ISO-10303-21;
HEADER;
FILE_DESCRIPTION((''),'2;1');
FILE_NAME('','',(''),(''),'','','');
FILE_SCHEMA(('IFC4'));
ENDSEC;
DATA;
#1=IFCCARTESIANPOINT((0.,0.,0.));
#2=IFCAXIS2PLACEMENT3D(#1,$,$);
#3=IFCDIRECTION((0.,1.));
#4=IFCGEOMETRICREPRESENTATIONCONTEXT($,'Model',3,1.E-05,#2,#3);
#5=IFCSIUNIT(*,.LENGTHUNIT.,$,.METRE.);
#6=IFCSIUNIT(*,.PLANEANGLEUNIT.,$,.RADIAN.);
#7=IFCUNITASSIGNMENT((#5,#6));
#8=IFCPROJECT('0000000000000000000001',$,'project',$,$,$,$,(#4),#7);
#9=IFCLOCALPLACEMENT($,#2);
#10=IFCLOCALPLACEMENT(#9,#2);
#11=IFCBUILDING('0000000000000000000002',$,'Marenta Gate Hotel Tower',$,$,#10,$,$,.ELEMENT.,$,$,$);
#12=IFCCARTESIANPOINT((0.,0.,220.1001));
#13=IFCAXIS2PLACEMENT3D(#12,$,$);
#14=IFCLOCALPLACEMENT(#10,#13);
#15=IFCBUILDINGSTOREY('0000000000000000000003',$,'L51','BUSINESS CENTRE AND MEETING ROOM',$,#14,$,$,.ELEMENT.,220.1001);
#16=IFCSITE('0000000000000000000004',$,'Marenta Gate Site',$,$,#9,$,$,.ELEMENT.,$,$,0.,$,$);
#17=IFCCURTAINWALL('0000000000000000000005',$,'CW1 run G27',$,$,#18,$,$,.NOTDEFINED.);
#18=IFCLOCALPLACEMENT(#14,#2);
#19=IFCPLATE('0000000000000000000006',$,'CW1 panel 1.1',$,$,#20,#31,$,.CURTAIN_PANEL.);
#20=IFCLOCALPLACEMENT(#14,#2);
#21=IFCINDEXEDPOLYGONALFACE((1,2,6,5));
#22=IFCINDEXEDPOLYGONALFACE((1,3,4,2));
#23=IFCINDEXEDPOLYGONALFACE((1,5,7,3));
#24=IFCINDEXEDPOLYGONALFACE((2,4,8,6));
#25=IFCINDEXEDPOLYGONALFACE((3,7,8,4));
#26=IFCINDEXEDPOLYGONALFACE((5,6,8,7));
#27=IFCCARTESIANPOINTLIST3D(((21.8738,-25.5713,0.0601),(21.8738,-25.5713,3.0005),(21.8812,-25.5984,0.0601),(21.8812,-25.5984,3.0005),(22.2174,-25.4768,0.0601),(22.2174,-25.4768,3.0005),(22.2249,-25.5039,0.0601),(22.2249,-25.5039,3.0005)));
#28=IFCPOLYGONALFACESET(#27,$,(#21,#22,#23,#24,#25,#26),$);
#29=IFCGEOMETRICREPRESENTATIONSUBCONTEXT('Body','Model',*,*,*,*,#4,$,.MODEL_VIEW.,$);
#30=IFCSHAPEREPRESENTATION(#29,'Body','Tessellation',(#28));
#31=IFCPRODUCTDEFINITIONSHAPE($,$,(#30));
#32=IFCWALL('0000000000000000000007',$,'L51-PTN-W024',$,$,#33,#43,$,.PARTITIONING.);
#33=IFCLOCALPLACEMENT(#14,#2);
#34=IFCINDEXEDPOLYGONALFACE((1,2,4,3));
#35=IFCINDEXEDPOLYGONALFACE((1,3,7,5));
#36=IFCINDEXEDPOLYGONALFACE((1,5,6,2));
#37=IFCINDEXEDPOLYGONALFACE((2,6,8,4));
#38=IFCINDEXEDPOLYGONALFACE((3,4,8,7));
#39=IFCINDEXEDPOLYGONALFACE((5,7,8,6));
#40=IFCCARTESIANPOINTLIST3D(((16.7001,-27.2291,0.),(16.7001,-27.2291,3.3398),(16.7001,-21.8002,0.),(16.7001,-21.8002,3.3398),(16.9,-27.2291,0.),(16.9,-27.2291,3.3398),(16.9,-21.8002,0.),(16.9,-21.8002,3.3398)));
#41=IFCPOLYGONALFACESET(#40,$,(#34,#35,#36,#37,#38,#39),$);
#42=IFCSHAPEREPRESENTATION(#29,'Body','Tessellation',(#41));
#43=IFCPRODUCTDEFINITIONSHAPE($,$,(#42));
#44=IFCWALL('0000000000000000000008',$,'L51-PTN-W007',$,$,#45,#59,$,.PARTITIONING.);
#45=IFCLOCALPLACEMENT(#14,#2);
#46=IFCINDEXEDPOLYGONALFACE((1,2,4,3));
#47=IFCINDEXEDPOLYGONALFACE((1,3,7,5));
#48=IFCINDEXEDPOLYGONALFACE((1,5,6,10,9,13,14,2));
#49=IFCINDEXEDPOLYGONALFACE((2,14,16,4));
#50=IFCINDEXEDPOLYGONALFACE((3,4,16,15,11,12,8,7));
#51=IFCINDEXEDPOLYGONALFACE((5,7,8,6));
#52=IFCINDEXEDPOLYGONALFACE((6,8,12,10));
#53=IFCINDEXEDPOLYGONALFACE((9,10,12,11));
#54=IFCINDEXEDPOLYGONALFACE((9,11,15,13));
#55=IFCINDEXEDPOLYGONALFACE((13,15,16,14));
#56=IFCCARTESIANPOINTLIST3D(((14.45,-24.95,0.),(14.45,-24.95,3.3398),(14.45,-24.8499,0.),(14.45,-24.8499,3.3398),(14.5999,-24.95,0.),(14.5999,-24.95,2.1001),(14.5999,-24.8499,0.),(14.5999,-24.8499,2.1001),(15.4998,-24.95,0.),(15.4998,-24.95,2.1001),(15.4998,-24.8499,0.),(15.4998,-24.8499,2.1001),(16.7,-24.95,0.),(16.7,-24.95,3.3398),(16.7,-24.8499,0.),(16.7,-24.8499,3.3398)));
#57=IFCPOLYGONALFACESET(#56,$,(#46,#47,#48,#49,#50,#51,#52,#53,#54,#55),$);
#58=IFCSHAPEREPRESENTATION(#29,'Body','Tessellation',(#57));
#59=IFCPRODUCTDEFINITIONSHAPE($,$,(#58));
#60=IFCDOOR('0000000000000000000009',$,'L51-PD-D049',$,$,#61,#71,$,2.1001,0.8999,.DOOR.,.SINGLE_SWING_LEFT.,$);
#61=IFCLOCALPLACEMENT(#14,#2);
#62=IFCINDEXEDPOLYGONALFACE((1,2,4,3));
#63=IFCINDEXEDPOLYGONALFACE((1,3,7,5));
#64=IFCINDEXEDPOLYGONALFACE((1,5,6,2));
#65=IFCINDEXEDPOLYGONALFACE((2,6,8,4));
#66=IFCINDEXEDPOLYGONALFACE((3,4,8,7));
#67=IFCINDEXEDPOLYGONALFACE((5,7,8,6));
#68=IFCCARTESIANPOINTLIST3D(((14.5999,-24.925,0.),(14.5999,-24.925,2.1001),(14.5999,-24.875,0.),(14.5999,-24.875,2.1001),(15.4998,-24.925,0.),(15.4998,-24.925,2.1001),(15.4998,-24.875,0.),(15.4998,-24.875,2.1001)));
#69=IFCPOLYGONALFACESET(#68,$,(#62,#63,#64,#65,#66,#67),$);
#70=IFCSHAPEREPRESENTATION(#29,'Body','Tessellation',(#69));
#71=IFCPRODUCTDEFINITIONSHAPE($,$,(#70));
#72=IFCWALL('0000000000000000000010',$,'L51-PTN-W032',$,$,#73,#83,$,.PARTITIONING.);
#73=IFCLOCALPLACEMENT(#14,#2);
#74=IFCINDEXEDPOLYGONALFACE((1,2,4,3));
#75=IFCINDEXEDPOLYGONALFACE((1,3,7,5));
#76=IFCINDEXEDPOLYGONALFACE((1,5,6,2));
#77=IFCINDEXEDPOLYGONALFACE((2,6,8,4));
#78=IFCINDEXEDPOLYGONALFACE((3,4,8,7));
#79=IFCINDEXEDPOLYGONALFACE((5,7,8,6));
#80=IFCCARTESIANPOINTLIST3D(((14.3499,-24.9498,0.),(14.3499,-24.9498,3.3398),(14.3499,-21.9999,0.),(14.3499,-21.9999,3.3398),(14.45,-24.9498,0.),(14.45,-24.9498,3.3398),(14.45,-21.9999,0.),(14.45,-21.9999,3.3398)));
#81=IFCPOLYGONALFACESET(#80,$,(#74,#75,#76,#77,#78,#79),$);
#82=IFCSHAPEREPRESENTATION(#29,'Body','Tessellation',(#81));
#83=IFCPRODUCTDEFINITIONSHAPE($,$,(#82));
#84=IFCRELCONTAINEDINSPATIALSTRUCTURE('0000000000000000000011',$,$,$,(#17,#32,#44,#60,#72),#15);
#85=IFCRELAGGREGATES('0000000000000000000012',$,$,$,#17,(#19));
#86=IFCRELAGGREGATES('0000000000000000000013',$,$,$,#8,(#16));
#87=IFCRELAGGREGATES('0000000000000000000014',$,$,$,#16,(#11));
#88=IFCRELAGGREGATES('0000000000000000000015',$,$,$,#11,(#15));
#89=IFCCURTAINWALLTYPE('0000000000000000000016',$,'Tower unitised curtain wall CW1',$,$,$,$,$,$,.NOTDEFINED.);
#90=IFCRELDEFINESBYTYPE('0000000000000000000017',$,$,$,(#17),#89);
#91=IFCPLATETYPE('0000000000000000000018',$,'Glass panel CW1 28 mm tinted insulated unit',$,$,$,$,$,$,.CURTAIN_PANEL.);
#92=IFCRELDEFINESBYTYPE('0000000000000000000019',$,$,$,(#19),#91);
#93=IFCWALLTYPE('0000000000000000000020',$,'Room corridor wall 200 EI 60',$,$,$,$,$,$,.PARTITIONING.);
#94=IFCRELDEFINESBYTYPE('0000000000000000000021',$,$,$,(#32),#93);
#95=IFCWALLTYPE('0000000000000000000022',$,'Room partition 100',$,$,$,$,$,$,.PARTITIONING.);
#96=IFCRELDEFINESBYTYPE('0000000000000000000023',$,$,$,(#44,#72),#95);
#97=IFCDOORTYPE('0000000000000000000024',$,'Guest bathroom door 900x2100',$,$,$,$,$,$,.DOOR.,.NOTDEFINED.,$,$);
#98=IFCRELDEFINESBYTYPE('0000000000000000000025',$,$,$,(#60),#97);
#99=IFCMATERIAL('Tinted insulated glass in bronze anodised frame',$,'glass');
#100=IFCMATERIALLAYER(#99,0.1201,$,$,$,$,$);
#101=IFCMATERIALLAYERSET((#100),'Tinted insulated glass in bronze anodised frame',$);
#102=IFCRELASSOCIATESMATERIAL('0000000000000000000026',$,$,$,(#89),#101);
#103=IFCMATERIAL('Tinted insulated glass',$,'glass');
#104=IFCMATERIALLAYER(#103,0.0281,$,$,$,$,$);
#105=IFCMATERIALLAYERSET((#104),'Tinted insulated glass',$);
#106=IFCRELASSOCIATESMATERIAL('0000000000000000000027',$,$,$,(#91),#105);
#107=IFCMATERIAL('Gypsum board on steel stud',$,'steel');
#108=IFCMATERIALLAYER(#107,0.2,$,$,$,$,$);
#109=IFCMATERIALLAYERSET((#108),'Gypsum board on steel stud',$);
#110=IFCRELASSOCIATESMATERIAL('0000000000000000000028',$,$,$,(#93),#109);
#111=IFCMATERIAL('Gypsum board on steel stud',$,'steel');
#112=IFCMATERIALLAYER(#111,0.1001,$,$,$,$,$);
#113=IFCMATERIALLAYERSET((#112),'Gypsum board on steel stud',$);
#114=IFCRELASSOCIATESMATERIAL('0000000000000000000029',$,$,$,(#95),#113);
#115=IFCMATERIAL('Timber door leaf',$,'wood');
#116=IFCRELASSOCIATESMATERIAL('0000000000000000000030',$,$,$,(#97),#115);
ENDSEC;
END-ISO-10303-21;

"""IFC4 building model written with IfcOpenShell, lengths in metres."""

from ifc_helpers import new_model, si_unit, direction, frame, frame_2d, origin, origin_2d, place, context, subcontext, project, spatial, rectangle, extrude, material, layer, layer_set, type_object, element, fill, aggregate, save


model = new_model("IFC4")

# Units and contexts
model_context = context("Model", 3, precision=1e-05, world=origin(), true_north=direction((0.0, 1.0)))
body_context = subcontext(model_context, "Body", "Model", "MODEL_VIEW")
ifc_project = project(units=[si_unit("LENGTHUNIT", "METRE"), si_unit("PLANEANGLEUNIT", "RADIAN")], contexts=[model_context])

# Site, building, storey
site_placement = place(None, origin())
site = spatial("IfcSite", under=ifc_project, at=site_placement, Name="Marenta Gate Site", CompositionType="ELEMENT", RefElevation=0.0)
building_placement = place(site_placement, origin())
building = spatial("IfcBuilding", under=site, at=building_placement, Name="Marenta Gate Hotel Tower", CompositionType="ELEMENT")
storey_placement = place(building_placement, frame((0.0, 0.0, 220.1001)))
storey = spatial("IfcBuildingStorey", under=building, at=storey_placement, Name="L51", Description="BUSINESS CENTRE AND MEETING ROOM", CompositionType="ELEMENT", Elevation=220.1001)

# Curtain wall
ifc_material_1 = material(Name="Tinted insulated glass in bronze anodised frame", Category="glass")
ifc_layer_1 = layer(ifc_material_1, 0.1201)
ifc_layer_set_1 = layer_set([ifc_layer_1], Name="Tinted insulated glass in bronze anodised frame")
curtain_wall_type = type_object("IfcCurtainWallType", Name="Tower unitised curtain wall CW1", PredefinedType="NOTDEFINED", material=ifc_layer_set_1)
curtain_wall_1_placement = place(storey_placement, origin())
curtain_wall_1 = element("IfcCurtainWall", 1, at=curtain_wall_1_placement, inside=storey, type_object=curtain_wall_type, Name="CW1 run G27", PredefinedType="NOTDEFINED")

# Plate
ifc_material_2 = material(Name="Tinted insulated glass", Category="glass")
ifc_layer_2 = layer(ifc_material_2, 0.0281)
ifc_layer_set_2 = layer_set([ifc_layer_2], Name="Tinted insulated glass")
plate_type = type_object("IfcPlateType", Name="Glass panel CW1 28 mm tinted insulated unit", PredefinedType="CURTAIN_PANEL", material=ifc_layer_set_2)
plate_1_placement = place(storey_placement, frame((22.0493, -25.5376, 0.0601), z_axis=(0.0, 0.0, 1.0), x_axis=(0.964171, 0.265283, 0.0)))
plate_1 = element("IfcPlate", 2, at=plate_1_placement, type_object=plate_type, Name="CW1 panel 1.1", PredefinedType="CURTAIN_PANEL", context=body_context, shape_type="SweptSolid", body=[
    extrude(rectangle(XDim=0.3564, YDim=0.0281, at=origin_2d()), origin(), (0.0, 0.0, 1.0), 2.9404),
])
aggregate(curtain_wall_1, [plate_1])

# Shared definitions
ifc_material_3 = material(Name="Gypsum board on steel stud", Category="steel")
ifc_layer_3 = layer(ifc_material_3, 0.2)
ifc_layer_set_3 = layer_set([ifc_layer_3], Name="Gypsum board on steel stud")
wall_type_1 = type_object("IfcWallType", Name="Room corridor wall 200 EI 60", PredefinedType="PARTITIONING", material=ifc_layer_set_3)

# Wall
wall_1_placement = place(storey_placement, frame((16.8, -27.229, 0.0), z_axis=(0.0, 0.0, 1.0), x_axis=(0.0, 1.0, 0.0)))
element("IfcWall", 3, at=wall_1_placement, inside=storey, type_object=wall_type_1, Name="L51-PTN-W024", PredefinedType="PARTITIONING", context=body_context, shape_type="SweptSolid", body=[
    extrude(rectangle(XDim=5.429, YDim=0.2, at=frame_2d((2.7144, 0.0))), origin(), (0.0, 0.0, 1.0), 3.3398),
])

# Wall, opening, door
ifc_material_4 = material(Name="Gypsum board on steel stud", Category="steel")
ifc_layer_4 = layer(ifc_material_4, 0.1001)
ifc_layer_set_4 = layer_set([ifc_layer_4], Name="Gypsum board on steel stud")
wall_type_2 = type_object("IfcWallType", Name="Room partition 100", PredefinedType="PARTITIONING", material=ifc_layer_set_4)
wall_2_placement = place(storey_placement, frame((14.45, -24.8999, 0.0), z_axis=(0.0, 0.0, 1.0), x_axis=(1.0, 0.0, 0.0)))
wall_2 = element("IfcWall", 4, at=wall_2_placement, inside=storey, type_object=wall_type_2, Name="L51-PTN-W007", PredefinedType="PARTITIONING", context=body_context, shape_type="SweptSolid", body=[
    extrude(rectangle(XDim=2.25, YDim=0.1001, at=frame_2d((1.125, 0.0))), origin(), (0.0, 0.0, 1.0), 3.3398),
])
opening_1_placement = place(wall_2_placement, frame((0.1499, 0.0, 0.0)))
opening_1 = element("IfcOpeningElement", 5, at=opening_1_placement, cuts=wall_2, PredefinedType="OPENING", context=body_context, shape_type="SweptSolid", body=[
    extrude(rectangle(XDim=0.8999, YDim=2.1001, at=frame_2d((0.45, 1.05))), frame((0.0, 0.05, 0.0), z_axis=(0.0, -1.0, 0.0), x_axis=(1.0, 0.0, 0.0)), (0.0, 0.0, 1.0), 0.1001),
])
ifc_material_5 = material(Name="Timber door leaf", Category="wood")
door_type_1 = type_object("IfcDoorType", Name="Guest bathroom door 900x2100", OperationType="NOTDEFINED", PredefinedType="DOOR", material=ifc_material_5)
door_1_placement = place(opening_1_placement, origin())
door_1 = element("IfcDoor", 6, at=door_1_placement, inside=storey, type_object=door_type_1, Name="L51-PD-D049", OperationType="SINGLE_SWING_LEFT", OverallHeight=2.1001, OverallWidth=0.8999, PredefinedType="DOOR", context=body_context, shape_type="SweptSolid", body=[
    extrude(rectangle(XDim=0.8999, YDim=2.1001, at=frame_2d((0.45, 1.05))), frame((0.0, 0.0249, 0.0), z_axis=(0.0, -1.0, 0.0), x_axis=(1.0, 0.0, 0.0)), (0.0, 0.0, 1.0), 0.05),
])
fill(opening_1, door_1)

# Wall
wall_3_placement = place(storey_placement, frame((14.3999, -24.95, 0.0), z_axis=(0.0, 0.0, 1.0), x_axis=(0.0, 1.0, 0.0)))
element("IfcWall", 7, at=wall_3_placement, inside=storey, type_object=wall_type_2, Name="L51-PTN-W032", PredefinedType="PARTITIONING", context=body_context, shape_type="SweptSolid", body=[
    extrude(rectangle(XDim=2.95, YDim=0.1001, at=frame_2d((1.4751, 0.0))), origin(), (0.0, 0.0, 1.0), 3.3398),
])

save(model, "model.ifc")
